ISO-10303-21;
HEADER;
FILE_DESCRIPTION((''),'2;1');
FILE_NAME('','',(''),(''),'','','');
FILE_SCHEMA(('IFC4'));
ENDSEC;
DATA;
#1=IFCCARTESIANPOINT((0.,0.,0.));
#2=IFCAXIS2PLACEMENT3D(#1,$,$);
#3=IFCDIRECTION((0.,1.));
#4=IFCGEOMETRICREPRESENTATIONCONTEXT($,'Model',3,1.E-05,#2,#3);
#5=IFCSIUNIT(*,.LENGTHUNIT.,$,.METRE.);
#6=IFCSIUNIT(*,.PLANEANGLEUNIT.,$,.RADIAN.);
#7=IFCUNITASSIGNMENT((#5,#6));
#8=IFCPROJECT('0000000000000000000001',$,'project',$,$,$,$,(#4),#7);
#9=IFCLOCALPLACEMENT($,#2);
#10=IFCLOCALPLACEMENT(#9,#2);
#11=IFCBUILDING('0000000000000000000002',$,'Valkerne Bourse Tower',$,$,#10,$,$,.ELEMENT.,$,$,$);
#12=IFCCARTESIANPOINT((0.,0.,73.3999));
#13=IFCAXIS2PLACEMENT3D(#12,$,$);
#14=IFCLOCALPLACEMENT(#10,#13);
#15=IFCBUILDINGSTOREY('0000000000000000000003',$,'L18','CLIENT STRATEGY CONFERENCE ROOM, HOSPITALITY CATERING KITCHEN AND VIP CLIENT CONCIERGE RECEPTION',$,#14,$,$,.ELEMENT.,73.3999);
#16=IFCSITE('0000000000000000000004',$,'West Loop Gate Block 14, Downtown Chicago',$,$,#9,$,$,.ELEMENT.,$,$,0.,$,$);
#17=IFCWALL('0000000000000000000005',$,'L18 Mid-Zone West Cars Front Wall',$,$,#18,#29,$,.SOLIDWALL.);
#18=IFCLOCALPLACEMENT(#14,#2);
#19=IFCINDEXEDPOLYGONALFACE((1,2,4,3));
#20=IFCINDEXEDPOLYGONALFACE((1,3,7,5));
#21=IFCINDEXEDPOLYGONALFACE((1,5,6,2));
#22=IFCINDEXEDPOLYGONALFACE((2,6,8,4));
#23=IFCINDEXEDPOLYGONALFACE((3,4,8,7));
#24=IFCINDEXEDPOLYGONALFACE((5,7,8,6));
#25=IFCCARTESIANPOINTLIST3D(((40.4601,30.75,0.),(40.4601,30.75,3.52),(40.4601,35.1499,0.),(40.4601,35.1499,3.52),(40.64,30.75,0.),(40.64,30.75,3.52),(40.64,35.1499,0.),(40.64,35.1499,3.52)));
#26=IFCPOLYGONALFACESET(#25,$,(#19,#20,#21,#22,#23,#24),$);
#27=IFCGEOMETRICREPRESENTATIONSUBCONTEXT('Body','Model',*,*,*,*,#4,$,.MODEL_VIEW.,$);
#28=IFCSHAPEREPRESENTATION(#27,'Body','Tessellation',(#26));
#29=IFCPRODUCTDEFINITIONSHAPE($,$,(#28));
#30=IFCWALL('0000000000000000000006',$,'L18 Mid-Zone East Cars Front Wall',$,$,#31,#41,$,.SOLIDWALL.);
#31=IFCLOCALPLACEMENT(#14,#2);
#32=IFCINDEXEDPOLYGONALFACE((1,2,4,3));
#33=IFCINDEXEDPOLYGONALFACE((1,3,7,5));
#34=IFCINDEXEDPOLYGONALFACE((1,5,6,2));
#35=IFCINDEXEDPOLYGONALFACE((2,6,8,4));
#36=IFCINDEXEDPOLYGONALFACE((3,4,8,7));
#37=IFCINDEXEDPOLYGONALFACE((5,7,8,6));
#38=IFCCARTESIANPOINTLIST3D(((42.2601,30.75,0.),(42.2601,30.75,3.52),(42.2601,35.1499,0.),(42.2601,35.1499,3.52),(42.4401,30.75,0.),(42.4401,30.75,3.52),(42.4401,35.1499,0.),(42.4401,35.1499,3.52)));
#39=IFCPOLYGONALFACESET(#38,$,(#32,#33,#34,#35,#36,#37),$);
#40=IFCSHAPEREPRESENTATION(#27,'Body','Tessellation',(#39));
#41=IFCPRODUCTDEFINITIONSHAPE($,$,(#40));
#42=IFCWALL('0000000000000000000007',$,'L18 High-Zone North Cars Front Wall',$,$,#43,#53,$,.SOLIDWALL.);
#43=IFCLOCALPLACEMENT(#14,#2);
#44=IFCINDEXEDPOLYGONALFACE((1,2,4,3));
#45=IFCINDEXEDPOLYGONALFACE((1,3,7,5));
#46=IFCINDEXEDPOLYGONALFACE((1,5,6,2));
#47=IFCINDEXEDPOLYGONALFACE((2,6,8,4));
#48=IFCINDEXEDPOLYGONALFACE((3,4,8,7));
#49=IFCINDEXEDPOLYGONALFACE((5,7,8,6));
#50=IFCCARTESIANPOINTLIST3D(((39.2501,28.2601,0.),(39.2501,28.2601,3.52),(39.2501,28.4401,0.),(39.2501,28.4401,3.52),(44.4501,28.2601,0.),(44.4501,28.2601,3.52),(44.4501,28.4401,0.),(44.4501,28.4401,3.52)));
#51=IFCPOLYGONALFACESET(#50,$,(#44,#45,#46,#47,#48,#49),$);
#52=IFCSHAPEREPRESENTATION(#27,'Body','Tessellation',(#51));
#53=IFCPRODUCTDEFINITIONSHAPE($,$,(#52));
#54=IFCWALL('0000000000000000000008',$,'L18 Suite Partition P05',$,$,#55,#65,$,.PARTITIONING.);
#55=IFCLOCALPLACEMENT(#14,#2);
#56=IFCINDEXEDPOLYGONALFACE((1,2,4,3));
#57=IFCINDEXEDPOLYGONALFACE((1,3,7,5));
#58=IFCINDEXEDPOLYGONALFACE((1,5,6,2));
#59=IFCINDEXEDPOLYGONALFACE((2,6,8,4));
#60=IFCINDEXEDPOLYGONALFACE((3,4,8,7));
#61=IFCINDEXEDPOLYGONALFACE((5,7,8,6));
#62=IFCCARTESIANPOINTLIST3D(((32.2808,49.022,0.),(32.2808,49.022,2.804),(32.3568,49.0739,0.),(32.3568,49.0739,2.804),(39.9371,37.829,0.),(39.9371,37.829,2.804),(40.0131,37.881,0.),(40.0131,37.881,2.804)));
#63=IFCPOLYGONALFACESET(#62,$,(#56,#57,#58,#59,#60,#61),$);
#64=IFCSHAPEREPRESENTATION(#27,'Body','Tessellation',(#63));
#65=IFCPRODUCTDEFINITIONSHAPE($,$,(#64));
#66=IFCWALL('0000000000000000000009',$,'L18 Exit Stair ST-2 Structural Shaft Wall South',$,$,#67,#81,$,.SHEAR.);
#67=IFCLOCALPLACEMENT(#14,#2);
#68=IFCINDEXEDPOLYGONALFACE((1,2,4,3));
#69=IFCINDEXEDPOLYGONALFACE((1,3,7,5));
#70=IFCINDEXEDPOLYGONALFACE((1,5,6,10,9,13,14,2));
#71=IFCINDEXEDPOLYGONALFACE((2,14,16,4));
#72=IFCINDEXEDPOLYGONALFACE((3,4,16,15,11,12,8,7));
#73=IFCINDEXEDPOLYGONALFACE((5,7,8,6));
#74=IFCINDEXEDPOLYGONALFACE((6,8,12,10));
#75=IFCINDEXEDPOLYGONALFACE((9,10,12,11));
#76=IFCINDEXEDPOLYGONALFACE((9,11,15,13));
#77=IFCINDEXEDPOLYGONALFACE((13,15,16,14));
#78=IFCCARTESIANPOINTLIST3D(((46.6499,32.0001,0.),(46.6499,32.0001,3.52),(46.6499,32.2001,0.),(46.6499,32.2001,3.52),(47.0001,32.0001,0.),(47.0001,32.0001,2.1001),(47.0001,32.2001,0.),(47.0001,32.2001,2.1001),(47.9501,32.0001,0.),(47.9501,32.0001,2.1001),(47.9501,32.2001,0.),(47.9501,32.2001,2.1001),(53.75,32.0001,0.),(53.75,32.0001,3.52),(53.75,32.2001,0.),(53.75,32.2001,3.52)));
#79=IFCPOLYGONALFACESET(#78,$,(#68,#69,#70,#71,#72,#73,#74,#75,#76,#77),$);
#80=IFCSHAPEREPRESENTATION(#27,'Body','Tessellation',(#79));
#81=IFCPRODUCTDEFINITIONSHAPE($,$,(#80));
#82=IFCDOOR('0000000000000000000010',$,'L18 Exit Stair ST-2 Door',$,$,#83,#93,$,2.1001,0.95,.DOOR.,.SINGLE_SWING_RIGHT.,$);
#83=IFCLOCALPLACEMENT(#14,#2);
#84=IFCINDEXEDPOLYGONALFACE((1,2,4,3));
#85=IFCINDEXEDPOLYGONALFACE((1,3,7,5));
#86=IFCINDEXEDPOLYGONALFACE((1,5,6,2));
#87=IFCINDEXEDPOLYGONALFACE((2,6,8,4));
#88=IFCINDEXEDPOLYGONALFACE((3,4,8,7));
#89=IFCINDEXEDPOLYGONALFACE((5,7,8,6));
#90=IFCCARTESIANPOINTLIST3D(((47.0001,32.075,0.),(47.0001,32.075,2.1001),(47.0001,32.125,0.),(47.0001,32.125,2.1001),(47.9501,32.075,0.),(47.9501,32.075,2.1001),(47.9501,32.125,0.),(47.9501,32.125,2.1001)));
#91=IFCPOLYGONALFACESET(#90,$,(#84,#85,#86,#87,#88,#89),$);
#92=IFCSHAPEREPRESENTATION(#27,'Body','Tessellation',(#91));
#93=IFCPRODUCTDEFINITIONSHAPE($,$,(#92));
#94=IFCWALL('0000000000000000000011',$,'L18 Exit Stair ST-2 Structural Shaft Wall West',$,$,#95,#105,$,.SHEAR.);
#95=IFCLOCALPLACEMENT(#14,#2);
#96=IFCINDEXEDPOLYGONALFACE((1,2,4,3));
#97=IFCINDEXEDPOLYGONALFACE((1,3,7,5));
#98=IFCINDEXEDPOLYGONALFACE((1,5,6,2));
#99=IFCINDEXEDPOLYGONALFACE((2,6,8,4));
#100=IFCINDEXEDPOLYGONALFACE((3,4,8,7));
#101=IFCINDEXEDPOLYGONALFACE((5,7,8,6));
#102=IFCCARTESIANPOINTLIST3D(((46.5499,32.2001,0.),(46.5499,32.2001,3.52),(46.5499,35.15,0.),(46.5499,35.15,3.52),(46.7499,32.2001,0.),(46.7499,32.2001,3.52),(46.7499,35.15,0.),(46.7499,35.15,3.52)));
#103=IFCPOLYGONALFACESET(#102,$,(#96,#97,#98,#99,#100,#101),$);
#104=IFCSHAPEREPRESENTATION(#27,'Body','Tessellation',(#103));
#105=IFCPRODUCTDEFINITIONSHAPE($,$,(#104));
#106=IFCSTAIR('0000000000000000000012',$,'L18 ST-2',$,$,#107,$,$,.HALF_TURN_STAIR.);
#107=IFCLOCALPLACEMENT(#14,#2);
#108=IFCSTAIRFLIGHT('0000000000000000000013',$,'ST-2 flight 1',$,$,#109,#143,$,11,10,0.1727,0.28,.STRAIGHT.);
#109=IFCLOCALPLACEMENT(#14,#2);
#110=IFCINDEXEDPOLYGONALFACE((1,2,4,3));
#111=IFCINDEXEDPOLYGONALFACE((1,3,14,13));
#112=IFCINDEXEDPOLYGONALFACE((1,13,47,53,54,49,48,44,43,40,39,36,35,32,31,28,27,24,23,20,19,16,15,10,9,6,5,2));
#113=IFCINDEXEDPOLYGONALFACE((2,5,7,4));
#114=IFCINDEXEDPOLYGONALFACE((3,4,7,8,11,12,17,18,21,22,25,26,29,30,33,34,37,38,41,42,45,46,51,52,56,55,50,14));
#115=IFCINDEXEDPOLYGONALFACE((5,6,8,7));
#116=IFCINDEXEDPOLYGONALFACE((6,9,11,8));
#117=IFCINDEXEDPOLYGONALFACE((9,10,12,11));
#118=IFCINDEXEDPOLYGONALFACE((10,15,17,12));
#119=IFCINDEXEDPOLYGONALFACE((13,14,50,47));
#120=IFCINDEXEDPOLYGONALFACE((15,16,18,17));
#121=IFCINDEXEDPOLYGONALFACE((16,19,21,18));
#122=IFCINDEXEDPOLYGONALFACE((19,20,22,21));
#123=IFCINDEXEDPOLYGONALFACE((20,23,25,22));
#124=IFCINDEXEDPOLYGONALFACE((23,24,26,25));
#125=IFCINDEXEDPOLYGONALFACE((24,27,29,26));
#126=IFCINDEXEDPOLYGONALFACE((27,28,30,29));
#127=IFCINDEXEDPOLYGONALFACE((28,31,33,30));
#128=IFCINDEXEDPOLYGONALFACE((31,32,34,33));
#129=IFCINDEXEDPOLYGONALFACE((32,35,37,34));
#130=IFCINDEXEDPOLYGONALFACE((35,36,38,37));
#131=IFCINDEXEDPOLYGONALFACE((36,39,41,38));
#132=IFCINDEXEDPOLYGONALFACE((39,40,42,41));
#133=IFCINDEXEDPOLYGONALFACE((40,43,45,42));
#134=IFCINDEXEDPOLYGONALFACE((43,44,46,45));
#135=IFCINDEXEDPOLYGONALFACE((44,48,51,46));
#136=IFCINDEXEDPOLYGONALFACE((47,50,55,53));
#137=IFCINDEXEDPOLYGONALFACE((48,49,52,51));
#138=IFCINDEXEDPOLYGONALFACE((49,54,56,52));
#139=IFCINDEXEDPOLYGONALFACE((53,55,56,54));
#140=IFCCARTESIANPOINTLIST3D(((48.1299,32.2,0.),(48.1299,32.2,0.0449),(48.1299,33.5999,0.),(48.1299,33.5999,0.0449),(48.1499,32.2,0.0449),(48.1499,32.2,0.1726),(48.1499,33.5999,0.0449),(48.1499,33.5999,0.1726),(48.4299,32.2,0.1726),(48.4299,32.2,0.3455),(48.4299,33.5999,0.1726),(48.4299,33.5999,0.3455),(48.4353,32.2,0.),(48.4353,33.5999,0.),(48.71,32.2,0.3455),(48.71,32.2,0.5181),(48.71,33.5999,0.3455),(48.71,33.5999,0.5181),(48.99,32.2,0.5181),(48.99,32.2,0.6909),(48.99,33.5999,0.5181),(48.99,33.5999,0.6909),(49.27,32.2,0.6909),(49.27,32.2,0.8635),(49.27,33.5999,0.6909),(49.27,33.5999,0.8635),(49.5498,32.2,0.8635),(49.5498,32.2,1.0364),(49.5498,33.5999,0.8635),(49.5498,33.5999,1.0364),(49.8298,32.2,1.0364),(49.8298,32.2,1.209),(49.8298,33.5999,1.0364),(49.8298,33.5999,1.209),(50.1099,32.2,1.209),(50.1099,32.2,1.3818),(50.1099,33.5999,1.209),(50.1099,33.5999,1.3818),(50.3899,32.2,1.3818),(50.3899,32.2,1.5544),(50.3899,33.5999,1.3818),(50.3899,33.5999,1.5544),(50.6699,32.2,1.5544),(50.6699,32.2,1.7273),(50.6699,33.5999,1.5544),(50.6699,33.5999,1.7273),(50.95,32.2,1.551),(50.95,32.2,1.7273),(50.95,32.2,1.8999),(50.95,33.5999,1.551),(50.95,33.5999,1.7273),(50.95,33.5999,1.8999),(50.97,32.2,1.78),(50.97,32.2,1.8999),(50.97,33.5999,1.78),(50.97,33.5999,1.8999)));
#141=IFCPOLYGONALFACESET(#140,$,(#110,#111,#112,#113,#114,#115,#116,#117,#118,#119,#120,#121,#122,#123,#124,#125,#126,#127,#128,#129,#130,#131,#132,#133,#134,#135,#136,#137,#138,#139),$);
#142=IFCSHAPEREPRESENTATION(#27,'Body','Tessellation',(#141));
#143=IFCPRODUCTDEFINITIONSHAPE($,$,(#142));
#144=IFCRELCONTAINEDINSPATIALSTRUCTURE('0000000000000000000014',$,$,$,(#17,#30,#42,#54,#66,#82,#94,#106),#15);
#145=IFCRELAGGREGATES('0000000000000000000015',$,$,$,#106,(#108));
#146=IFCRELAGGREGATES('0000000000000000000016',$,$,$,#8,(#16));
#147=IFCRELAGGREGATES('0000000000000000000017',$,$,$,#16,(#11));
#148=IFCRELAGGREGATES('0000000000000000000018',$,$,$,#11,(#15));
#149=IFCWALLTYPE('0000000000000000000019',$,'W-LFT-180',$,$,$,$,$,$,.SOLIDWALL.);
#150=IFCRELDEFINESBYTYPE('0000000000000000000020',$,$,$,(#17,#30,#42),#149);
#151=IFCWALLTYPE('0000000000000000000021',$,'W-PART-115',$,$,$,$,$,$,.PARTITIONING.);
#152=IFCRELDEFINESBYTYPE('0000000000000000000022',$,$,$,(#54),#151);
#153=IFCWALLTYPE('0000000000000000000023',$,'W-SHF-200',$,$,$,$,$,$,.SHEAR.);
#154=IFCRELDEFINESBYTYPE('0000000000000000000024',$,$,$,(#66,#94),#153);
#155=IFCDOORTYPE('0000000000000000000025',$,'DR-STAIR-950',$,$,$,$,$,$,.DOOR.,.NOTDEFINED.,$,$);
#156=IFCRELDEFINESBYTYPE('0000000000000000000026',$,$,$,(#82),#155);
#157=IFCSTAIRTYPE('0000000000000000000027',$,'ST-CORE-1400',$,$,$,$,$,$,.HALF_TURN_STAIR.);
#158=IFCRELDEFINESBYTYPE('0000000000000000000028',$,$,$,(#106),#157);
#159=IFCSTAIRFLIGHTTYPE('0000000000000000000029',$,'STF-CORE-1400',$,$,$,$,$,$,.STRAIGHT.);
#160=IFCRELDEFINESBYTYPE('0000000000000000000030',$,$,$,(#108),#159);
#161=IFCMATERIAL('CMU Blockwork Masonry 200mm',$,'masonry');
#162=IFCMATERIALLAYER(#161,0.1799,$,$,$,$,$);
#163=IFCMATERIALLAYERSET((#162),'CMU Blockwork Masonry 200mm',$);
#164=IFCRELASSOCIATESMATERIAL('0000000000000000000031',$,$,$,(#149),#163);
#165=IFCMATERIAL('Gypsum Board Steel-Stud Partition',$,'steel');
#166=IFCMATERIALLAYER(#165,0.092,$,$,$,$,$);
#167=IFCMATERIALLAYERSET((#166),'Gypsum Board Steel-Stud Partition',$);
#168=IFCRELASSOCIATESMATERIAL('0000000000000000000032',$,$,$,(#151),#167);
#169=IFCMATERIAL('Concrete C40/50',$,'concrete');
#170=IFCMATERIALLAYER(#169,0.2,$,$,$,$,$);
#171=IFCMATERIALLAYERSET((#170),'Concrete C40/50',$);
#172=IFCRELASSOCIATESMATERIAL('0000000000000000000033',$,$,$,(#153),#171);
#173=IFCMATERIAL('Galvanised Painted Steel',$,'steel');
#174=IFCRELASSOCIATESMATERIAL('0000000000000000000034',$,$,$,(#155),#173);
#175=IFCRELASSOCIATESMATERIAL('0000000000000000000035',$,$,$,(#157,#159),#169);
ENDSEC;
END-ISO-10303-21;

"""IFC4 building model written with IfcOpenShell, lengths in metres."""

from ifc_helpers import new_model, si_unit, direction, frame, frame_2d, origin, place, context, subcontext, project, spatial, polyline, rectangle, outline, extrude, material, layer, layer_set, type_object, element, fill, aggregate, save


model = new_model("IFC4")

# Units and contexts
model_context = context("Model", 3, precision=1e-05, world=origin(), true_north=direction((0.0, 1.0)))
body_context = subcontext(model_context, "Body", "Model", "MODEL_VIEW")
ifc_project = project(units=[si_unit("LENGTHUNIT", "METRE"), si_unit("PLANEANGLEUNIT", "RADIAN")], contexts=[model_context])

# Site, building, storey
site_placement = place(None, origin())
site = spatial("IfcSite", under=ifc_project, at=site_placement, Name="West Loop Gate Block 14, Downtown Chicago", CompositionType="ELEMENT", RefElevation=0.0)
building_placement = place(site_placement, origin())
building = spatial("IfcBuilding", under=site, at=building_placement, Name="Valkerne Bourse Tower", CompositionType="ELEMENT")
storey_placement = place(building_placement, frame((0.0, 0.0, 73.3999)))
storey = spatial("IfcBuildingStorey", under=building, at=storey_placement, Name="L18", Description="CLIENT STRATEGY CONFERENCE ROOM, HOSPITALITY CATERING KITCHEN AND VIP CLIENT CONCIERGE RECEPTION", CompositionType="ELEMENT", Elevation=73.3999)

# Shared definitions
ifc_material_1 = material(Name="Galvanised Painted Steel", Category="steel")

# Walls
ifc_material_2 = material(Name="CMU Blockwork Masonry 200mm", Category="masonry")
ifc_layer_1 = layer(ifc_material_2, 0.1799)
ifc_layer_set_1 = layer_set([ifc_layer_1], Name="CMU Blockwork Masonry 200mm")
wall_type_1 = type_object("IfcWallType", Name="W-LFT-180", PredefinedType="SOLIDWALL", material=ifc_layer_set_1)
for number, where, z_axis, x_axis, name in (
    (1, (40.55, 30.75, 0.0), (0.0, 0.0, 1.0), (0.0, 1.0, 0.0), "L18 Mid-Zone West Cars Front Wall"),
    (2, (42.3501, 30.75, 0.0), (0.0, 0.0, 1.0), (0.0, 1.0, 0.0), "L18 Mid-Zone East Cars Front Wall"),
):
    element("IfcWall", number, at=place(storey_placement, frame(where, z_axis=z_axis, x_axis=x_axis)), inside=storey, type_object=wall_type_1, Name=name, PredefinedType="SOLIDWALL", context=body_context, shape_type="SweptSolid", body=[
        extrude(rectangle(XDim=4.3999, YDim=0.1799, at=frame_2d((2.2, 0.0))), origin(), (0.0, 0.0, 1.0), 3.52),
    ])
wall_1_placement = place(storey_placement, frame((39.25, 28.3501, 0.0), z_axis=(0.0, 0.0, 1.0), x_axis=(1.0, 0.0, 0.0)))
element("IfcWall", 3, at=wall_1_placement, inside=storey, type_object=wall_type_1, Name="L18 High-Zone North Cars Front Wall", PredefinedType="SOLIDWALL", context=body_context, shape_type="SweptSolid", body=[
    extrude(rectangle(XDim=5.2, YDim=0.1799, at=frame_2d((2.6001, 0.0))), origin(), (0.0, 0.0, 1.0), 3.52),
])
ifc_material_3 = material(Name="Gypsum Board Steel-Stud Partition", Category="steel")
ifc_layer_2 = layer(ifc_material_3, 0.092)
ifc_layer_set_2 = layer_set([ifc_layer_2], Name="Gypsum Board Steel-Stud Partition")
wall_type_2 = type_object("IfcWallType", Name="W-PART-115", PredefinedType="PARTITIONING", material=ifc_layer_set_2)
wall_2_placement = place(storey_placement, frame((39.9751, 37.855, 0.0), z_axis=(0.0, 0.0, 1.0), x_axis=(-0.564582, 0.825377, 0.0)))
element("IfcWall", 4, at=wall_2_placement, inside=storey, type_object=wall_type_2, Name="L18 Suite Partition P05", PredefinedType="PARTITIONING", context=body_context, shape_type="SweptSolid", body=[
    extrude(rectangle(XDim=13.561, YDim=0.092, at=frame_2d((6.7805, 0.0))), origin(), (0.0, 0.0, 1.0), 2.804),
])

# Wall, opening, door
ifc_material_4 = material(Name="Concrete C40/50", Category="concrete")
ifc_layer_3 = layer(ifc_material_4, 0.2)
ifc_layer_set_3 = layer_set([ifc_layer_3], Name="Concrete C40/50")
wall_type_3 = type_object("IfcWallType", Name="W-SHF-200", PredefinedType="SHEAR", material=ifc_layer_set_3)
wall_3_placement = place(storey_placement, frame((46.6499, 32.1001, 0.0), z_axis=(0.0, 0.0, 1.0), x_axis=(1.0, 0.0, 0.0)))
wall_3 = element("IfcWall", 5, at=wall_3_placement, inside=storey, type_object=wall_type_3, Name="L18 Exit Stair ST-2 Structural Shaft Wall South", PredefinedType="SHEAR", context=body_context, shape_type="SweptSolid", body=[
    extrude(rectangle(XDim=7.1001, YDim=0.2, at=frame_2d((3.55, 0.0))), origin(), (0.0, 0.0, 1.0), 3.52),
])
opening_1_placement = place(wall_3_placement, frame((0.3501, 0.0, 0.0)))
opening_1 = element("IfcOpeningElement", 6, at=opening_1_placement, cuts=wall_3, PredefinedType="OPENING", context=body_context, shape_type="SweptSolid", body=[
    extrude(rectangle(XDim=0.95, YDim=2.1001, at=frame_2d((0.4751, 1.05))), frame((0.0, 0.1099, 0.0), z_axis=(0.0, -1.0, 0.0), x_axis=(1.0, 0.0, 0.0)), (0.0, 0.0, 1.0), 0.22),
])
door_type_1 = type_object("IfcDoorType", Name="DR-STAIR-950", OperationType="NOTDEFINED", PredefinedType="DOOR", material=ifc_material_1)
door_1_placement = place(opening_1_placement, origin())
door_1 = element("IfcDoor", 7, at=door_1_placement, inside=storey, type_object=door_type_1, Name="L18 Exit Stair ST-2 Door", OperationType="SINGLE_SWING_RIGHT", OverallHeight=2.1001, OverallWidth=0.95, PredefinedType="DOOR", context=body_context, shape_type="SweptSolid", body=[
    extrude(rectangle(XDim=0.95, YDim=2.1001, at=frame_2d((0.4751, 1.05))), frame((0.0, 0.0249, 0.0), z_axis=(0.0, -1.0, 0.0), x_axis=(1.0, 0.0, 0.0)), (0.0, 0.0, 1.0), 0.05),
])
fill(opening_1, door_1)

# Wall
wall_4_placement = place(storey_placement, frame((46.6499, 32.2, 0.0), z_axis=(0.0, 0.0, 1.0), x_axis=(0.0, 1.0, 0.0)))
element("IfcWall", 8, at=wall_4_placement, inside=storey, type_object=wall_type_3, Name="L18 Exit Stair ST-2 Structural Shaft Wall West", PredefinedType="SHEAR", context=body_context, shape_type="SweptSolid", body=[
    extrude(rectangle(XDim=2.95, YDim=0.2, at=frame_2d((1.4751, 0.0))), origin(), (0.0, 0.0, 1.0), 3.52),
])

# Stair, stair flight
stair_type = type_object("IfcStairType", Name="ST-CORE-1400", PredefinedType="HALF_TURN_STAIR", material=ifc_material_4)
stair_placement = place(storey_placement, origin())
stair = element("IfcStair", 9, at=stair_placement, inside=storey, type_object=stair_type, Name="L18 ST-2", PredefinedType="HALF_TURN_STAIR")
stair_flight_type = type_object("IfcStairFlightType", Name="STF-CORE-1400", PredefinedType="STRAIGHT", material=ifc_material_4)
stair_flight_placement = place(storey_placement, frame((48.1499, 32.8999, 0.0), z_axis=(0.0, 0.0, 1.0), x_axis=(1.0, 0.0, 0.0)))
stair_flight = element("IfcStairFlight", 10, at=stair_flight_placement, type_object=stair_flight_type, Name="ST-2 flight 1", NumberOfRisers=11, NumberOfTreads=10, PredefinedType="STRAIGHT", RiserHeight=0.1727, TreadLength=0.28, context=body_context, shape_type="SweptSolid", body=[
    extrude(outline(polyline([(-0.02, 0.0), (-0.02, 0.0449), (0.0, 0.0449), (0.0, 0.1726), (0.28, 0.1726), (0.28, 0.3455), (0.5601, 0.3455), (0.5601, 0.5181), (0.8401, 0.5181), (0.8401, 0.6909), (1.1201, 0.6909), (1.1201, 0.8635), (1.3999, 0.8635), (1.3999, 1.0364), (1.6799, 1.0364), (1.6799, 1.209), (1.96, 1.209), (1.96, 1.3818), (2.24, 1.3818), (2.24, 1.5544), (2.52, 1.5544), (2.52, 1.7273), (2.8, 1.7273), (2.8, 1.8999), (2.8201, 1.8999), (2.8201, 1.78), (2.8, 1.551), (0.2854, 0.0), (-0.02, 0.0)])), frame((0.0, 0.7, 0.0), z_axis=(0.0, -1.0, 0.0), x_axis=(1.0, 0.0, 0.0)), (0.0, 0.0, 1.0), 1.3999),
])
aggregate(stair, [stair_flight])

save(model, "model.ifc")
